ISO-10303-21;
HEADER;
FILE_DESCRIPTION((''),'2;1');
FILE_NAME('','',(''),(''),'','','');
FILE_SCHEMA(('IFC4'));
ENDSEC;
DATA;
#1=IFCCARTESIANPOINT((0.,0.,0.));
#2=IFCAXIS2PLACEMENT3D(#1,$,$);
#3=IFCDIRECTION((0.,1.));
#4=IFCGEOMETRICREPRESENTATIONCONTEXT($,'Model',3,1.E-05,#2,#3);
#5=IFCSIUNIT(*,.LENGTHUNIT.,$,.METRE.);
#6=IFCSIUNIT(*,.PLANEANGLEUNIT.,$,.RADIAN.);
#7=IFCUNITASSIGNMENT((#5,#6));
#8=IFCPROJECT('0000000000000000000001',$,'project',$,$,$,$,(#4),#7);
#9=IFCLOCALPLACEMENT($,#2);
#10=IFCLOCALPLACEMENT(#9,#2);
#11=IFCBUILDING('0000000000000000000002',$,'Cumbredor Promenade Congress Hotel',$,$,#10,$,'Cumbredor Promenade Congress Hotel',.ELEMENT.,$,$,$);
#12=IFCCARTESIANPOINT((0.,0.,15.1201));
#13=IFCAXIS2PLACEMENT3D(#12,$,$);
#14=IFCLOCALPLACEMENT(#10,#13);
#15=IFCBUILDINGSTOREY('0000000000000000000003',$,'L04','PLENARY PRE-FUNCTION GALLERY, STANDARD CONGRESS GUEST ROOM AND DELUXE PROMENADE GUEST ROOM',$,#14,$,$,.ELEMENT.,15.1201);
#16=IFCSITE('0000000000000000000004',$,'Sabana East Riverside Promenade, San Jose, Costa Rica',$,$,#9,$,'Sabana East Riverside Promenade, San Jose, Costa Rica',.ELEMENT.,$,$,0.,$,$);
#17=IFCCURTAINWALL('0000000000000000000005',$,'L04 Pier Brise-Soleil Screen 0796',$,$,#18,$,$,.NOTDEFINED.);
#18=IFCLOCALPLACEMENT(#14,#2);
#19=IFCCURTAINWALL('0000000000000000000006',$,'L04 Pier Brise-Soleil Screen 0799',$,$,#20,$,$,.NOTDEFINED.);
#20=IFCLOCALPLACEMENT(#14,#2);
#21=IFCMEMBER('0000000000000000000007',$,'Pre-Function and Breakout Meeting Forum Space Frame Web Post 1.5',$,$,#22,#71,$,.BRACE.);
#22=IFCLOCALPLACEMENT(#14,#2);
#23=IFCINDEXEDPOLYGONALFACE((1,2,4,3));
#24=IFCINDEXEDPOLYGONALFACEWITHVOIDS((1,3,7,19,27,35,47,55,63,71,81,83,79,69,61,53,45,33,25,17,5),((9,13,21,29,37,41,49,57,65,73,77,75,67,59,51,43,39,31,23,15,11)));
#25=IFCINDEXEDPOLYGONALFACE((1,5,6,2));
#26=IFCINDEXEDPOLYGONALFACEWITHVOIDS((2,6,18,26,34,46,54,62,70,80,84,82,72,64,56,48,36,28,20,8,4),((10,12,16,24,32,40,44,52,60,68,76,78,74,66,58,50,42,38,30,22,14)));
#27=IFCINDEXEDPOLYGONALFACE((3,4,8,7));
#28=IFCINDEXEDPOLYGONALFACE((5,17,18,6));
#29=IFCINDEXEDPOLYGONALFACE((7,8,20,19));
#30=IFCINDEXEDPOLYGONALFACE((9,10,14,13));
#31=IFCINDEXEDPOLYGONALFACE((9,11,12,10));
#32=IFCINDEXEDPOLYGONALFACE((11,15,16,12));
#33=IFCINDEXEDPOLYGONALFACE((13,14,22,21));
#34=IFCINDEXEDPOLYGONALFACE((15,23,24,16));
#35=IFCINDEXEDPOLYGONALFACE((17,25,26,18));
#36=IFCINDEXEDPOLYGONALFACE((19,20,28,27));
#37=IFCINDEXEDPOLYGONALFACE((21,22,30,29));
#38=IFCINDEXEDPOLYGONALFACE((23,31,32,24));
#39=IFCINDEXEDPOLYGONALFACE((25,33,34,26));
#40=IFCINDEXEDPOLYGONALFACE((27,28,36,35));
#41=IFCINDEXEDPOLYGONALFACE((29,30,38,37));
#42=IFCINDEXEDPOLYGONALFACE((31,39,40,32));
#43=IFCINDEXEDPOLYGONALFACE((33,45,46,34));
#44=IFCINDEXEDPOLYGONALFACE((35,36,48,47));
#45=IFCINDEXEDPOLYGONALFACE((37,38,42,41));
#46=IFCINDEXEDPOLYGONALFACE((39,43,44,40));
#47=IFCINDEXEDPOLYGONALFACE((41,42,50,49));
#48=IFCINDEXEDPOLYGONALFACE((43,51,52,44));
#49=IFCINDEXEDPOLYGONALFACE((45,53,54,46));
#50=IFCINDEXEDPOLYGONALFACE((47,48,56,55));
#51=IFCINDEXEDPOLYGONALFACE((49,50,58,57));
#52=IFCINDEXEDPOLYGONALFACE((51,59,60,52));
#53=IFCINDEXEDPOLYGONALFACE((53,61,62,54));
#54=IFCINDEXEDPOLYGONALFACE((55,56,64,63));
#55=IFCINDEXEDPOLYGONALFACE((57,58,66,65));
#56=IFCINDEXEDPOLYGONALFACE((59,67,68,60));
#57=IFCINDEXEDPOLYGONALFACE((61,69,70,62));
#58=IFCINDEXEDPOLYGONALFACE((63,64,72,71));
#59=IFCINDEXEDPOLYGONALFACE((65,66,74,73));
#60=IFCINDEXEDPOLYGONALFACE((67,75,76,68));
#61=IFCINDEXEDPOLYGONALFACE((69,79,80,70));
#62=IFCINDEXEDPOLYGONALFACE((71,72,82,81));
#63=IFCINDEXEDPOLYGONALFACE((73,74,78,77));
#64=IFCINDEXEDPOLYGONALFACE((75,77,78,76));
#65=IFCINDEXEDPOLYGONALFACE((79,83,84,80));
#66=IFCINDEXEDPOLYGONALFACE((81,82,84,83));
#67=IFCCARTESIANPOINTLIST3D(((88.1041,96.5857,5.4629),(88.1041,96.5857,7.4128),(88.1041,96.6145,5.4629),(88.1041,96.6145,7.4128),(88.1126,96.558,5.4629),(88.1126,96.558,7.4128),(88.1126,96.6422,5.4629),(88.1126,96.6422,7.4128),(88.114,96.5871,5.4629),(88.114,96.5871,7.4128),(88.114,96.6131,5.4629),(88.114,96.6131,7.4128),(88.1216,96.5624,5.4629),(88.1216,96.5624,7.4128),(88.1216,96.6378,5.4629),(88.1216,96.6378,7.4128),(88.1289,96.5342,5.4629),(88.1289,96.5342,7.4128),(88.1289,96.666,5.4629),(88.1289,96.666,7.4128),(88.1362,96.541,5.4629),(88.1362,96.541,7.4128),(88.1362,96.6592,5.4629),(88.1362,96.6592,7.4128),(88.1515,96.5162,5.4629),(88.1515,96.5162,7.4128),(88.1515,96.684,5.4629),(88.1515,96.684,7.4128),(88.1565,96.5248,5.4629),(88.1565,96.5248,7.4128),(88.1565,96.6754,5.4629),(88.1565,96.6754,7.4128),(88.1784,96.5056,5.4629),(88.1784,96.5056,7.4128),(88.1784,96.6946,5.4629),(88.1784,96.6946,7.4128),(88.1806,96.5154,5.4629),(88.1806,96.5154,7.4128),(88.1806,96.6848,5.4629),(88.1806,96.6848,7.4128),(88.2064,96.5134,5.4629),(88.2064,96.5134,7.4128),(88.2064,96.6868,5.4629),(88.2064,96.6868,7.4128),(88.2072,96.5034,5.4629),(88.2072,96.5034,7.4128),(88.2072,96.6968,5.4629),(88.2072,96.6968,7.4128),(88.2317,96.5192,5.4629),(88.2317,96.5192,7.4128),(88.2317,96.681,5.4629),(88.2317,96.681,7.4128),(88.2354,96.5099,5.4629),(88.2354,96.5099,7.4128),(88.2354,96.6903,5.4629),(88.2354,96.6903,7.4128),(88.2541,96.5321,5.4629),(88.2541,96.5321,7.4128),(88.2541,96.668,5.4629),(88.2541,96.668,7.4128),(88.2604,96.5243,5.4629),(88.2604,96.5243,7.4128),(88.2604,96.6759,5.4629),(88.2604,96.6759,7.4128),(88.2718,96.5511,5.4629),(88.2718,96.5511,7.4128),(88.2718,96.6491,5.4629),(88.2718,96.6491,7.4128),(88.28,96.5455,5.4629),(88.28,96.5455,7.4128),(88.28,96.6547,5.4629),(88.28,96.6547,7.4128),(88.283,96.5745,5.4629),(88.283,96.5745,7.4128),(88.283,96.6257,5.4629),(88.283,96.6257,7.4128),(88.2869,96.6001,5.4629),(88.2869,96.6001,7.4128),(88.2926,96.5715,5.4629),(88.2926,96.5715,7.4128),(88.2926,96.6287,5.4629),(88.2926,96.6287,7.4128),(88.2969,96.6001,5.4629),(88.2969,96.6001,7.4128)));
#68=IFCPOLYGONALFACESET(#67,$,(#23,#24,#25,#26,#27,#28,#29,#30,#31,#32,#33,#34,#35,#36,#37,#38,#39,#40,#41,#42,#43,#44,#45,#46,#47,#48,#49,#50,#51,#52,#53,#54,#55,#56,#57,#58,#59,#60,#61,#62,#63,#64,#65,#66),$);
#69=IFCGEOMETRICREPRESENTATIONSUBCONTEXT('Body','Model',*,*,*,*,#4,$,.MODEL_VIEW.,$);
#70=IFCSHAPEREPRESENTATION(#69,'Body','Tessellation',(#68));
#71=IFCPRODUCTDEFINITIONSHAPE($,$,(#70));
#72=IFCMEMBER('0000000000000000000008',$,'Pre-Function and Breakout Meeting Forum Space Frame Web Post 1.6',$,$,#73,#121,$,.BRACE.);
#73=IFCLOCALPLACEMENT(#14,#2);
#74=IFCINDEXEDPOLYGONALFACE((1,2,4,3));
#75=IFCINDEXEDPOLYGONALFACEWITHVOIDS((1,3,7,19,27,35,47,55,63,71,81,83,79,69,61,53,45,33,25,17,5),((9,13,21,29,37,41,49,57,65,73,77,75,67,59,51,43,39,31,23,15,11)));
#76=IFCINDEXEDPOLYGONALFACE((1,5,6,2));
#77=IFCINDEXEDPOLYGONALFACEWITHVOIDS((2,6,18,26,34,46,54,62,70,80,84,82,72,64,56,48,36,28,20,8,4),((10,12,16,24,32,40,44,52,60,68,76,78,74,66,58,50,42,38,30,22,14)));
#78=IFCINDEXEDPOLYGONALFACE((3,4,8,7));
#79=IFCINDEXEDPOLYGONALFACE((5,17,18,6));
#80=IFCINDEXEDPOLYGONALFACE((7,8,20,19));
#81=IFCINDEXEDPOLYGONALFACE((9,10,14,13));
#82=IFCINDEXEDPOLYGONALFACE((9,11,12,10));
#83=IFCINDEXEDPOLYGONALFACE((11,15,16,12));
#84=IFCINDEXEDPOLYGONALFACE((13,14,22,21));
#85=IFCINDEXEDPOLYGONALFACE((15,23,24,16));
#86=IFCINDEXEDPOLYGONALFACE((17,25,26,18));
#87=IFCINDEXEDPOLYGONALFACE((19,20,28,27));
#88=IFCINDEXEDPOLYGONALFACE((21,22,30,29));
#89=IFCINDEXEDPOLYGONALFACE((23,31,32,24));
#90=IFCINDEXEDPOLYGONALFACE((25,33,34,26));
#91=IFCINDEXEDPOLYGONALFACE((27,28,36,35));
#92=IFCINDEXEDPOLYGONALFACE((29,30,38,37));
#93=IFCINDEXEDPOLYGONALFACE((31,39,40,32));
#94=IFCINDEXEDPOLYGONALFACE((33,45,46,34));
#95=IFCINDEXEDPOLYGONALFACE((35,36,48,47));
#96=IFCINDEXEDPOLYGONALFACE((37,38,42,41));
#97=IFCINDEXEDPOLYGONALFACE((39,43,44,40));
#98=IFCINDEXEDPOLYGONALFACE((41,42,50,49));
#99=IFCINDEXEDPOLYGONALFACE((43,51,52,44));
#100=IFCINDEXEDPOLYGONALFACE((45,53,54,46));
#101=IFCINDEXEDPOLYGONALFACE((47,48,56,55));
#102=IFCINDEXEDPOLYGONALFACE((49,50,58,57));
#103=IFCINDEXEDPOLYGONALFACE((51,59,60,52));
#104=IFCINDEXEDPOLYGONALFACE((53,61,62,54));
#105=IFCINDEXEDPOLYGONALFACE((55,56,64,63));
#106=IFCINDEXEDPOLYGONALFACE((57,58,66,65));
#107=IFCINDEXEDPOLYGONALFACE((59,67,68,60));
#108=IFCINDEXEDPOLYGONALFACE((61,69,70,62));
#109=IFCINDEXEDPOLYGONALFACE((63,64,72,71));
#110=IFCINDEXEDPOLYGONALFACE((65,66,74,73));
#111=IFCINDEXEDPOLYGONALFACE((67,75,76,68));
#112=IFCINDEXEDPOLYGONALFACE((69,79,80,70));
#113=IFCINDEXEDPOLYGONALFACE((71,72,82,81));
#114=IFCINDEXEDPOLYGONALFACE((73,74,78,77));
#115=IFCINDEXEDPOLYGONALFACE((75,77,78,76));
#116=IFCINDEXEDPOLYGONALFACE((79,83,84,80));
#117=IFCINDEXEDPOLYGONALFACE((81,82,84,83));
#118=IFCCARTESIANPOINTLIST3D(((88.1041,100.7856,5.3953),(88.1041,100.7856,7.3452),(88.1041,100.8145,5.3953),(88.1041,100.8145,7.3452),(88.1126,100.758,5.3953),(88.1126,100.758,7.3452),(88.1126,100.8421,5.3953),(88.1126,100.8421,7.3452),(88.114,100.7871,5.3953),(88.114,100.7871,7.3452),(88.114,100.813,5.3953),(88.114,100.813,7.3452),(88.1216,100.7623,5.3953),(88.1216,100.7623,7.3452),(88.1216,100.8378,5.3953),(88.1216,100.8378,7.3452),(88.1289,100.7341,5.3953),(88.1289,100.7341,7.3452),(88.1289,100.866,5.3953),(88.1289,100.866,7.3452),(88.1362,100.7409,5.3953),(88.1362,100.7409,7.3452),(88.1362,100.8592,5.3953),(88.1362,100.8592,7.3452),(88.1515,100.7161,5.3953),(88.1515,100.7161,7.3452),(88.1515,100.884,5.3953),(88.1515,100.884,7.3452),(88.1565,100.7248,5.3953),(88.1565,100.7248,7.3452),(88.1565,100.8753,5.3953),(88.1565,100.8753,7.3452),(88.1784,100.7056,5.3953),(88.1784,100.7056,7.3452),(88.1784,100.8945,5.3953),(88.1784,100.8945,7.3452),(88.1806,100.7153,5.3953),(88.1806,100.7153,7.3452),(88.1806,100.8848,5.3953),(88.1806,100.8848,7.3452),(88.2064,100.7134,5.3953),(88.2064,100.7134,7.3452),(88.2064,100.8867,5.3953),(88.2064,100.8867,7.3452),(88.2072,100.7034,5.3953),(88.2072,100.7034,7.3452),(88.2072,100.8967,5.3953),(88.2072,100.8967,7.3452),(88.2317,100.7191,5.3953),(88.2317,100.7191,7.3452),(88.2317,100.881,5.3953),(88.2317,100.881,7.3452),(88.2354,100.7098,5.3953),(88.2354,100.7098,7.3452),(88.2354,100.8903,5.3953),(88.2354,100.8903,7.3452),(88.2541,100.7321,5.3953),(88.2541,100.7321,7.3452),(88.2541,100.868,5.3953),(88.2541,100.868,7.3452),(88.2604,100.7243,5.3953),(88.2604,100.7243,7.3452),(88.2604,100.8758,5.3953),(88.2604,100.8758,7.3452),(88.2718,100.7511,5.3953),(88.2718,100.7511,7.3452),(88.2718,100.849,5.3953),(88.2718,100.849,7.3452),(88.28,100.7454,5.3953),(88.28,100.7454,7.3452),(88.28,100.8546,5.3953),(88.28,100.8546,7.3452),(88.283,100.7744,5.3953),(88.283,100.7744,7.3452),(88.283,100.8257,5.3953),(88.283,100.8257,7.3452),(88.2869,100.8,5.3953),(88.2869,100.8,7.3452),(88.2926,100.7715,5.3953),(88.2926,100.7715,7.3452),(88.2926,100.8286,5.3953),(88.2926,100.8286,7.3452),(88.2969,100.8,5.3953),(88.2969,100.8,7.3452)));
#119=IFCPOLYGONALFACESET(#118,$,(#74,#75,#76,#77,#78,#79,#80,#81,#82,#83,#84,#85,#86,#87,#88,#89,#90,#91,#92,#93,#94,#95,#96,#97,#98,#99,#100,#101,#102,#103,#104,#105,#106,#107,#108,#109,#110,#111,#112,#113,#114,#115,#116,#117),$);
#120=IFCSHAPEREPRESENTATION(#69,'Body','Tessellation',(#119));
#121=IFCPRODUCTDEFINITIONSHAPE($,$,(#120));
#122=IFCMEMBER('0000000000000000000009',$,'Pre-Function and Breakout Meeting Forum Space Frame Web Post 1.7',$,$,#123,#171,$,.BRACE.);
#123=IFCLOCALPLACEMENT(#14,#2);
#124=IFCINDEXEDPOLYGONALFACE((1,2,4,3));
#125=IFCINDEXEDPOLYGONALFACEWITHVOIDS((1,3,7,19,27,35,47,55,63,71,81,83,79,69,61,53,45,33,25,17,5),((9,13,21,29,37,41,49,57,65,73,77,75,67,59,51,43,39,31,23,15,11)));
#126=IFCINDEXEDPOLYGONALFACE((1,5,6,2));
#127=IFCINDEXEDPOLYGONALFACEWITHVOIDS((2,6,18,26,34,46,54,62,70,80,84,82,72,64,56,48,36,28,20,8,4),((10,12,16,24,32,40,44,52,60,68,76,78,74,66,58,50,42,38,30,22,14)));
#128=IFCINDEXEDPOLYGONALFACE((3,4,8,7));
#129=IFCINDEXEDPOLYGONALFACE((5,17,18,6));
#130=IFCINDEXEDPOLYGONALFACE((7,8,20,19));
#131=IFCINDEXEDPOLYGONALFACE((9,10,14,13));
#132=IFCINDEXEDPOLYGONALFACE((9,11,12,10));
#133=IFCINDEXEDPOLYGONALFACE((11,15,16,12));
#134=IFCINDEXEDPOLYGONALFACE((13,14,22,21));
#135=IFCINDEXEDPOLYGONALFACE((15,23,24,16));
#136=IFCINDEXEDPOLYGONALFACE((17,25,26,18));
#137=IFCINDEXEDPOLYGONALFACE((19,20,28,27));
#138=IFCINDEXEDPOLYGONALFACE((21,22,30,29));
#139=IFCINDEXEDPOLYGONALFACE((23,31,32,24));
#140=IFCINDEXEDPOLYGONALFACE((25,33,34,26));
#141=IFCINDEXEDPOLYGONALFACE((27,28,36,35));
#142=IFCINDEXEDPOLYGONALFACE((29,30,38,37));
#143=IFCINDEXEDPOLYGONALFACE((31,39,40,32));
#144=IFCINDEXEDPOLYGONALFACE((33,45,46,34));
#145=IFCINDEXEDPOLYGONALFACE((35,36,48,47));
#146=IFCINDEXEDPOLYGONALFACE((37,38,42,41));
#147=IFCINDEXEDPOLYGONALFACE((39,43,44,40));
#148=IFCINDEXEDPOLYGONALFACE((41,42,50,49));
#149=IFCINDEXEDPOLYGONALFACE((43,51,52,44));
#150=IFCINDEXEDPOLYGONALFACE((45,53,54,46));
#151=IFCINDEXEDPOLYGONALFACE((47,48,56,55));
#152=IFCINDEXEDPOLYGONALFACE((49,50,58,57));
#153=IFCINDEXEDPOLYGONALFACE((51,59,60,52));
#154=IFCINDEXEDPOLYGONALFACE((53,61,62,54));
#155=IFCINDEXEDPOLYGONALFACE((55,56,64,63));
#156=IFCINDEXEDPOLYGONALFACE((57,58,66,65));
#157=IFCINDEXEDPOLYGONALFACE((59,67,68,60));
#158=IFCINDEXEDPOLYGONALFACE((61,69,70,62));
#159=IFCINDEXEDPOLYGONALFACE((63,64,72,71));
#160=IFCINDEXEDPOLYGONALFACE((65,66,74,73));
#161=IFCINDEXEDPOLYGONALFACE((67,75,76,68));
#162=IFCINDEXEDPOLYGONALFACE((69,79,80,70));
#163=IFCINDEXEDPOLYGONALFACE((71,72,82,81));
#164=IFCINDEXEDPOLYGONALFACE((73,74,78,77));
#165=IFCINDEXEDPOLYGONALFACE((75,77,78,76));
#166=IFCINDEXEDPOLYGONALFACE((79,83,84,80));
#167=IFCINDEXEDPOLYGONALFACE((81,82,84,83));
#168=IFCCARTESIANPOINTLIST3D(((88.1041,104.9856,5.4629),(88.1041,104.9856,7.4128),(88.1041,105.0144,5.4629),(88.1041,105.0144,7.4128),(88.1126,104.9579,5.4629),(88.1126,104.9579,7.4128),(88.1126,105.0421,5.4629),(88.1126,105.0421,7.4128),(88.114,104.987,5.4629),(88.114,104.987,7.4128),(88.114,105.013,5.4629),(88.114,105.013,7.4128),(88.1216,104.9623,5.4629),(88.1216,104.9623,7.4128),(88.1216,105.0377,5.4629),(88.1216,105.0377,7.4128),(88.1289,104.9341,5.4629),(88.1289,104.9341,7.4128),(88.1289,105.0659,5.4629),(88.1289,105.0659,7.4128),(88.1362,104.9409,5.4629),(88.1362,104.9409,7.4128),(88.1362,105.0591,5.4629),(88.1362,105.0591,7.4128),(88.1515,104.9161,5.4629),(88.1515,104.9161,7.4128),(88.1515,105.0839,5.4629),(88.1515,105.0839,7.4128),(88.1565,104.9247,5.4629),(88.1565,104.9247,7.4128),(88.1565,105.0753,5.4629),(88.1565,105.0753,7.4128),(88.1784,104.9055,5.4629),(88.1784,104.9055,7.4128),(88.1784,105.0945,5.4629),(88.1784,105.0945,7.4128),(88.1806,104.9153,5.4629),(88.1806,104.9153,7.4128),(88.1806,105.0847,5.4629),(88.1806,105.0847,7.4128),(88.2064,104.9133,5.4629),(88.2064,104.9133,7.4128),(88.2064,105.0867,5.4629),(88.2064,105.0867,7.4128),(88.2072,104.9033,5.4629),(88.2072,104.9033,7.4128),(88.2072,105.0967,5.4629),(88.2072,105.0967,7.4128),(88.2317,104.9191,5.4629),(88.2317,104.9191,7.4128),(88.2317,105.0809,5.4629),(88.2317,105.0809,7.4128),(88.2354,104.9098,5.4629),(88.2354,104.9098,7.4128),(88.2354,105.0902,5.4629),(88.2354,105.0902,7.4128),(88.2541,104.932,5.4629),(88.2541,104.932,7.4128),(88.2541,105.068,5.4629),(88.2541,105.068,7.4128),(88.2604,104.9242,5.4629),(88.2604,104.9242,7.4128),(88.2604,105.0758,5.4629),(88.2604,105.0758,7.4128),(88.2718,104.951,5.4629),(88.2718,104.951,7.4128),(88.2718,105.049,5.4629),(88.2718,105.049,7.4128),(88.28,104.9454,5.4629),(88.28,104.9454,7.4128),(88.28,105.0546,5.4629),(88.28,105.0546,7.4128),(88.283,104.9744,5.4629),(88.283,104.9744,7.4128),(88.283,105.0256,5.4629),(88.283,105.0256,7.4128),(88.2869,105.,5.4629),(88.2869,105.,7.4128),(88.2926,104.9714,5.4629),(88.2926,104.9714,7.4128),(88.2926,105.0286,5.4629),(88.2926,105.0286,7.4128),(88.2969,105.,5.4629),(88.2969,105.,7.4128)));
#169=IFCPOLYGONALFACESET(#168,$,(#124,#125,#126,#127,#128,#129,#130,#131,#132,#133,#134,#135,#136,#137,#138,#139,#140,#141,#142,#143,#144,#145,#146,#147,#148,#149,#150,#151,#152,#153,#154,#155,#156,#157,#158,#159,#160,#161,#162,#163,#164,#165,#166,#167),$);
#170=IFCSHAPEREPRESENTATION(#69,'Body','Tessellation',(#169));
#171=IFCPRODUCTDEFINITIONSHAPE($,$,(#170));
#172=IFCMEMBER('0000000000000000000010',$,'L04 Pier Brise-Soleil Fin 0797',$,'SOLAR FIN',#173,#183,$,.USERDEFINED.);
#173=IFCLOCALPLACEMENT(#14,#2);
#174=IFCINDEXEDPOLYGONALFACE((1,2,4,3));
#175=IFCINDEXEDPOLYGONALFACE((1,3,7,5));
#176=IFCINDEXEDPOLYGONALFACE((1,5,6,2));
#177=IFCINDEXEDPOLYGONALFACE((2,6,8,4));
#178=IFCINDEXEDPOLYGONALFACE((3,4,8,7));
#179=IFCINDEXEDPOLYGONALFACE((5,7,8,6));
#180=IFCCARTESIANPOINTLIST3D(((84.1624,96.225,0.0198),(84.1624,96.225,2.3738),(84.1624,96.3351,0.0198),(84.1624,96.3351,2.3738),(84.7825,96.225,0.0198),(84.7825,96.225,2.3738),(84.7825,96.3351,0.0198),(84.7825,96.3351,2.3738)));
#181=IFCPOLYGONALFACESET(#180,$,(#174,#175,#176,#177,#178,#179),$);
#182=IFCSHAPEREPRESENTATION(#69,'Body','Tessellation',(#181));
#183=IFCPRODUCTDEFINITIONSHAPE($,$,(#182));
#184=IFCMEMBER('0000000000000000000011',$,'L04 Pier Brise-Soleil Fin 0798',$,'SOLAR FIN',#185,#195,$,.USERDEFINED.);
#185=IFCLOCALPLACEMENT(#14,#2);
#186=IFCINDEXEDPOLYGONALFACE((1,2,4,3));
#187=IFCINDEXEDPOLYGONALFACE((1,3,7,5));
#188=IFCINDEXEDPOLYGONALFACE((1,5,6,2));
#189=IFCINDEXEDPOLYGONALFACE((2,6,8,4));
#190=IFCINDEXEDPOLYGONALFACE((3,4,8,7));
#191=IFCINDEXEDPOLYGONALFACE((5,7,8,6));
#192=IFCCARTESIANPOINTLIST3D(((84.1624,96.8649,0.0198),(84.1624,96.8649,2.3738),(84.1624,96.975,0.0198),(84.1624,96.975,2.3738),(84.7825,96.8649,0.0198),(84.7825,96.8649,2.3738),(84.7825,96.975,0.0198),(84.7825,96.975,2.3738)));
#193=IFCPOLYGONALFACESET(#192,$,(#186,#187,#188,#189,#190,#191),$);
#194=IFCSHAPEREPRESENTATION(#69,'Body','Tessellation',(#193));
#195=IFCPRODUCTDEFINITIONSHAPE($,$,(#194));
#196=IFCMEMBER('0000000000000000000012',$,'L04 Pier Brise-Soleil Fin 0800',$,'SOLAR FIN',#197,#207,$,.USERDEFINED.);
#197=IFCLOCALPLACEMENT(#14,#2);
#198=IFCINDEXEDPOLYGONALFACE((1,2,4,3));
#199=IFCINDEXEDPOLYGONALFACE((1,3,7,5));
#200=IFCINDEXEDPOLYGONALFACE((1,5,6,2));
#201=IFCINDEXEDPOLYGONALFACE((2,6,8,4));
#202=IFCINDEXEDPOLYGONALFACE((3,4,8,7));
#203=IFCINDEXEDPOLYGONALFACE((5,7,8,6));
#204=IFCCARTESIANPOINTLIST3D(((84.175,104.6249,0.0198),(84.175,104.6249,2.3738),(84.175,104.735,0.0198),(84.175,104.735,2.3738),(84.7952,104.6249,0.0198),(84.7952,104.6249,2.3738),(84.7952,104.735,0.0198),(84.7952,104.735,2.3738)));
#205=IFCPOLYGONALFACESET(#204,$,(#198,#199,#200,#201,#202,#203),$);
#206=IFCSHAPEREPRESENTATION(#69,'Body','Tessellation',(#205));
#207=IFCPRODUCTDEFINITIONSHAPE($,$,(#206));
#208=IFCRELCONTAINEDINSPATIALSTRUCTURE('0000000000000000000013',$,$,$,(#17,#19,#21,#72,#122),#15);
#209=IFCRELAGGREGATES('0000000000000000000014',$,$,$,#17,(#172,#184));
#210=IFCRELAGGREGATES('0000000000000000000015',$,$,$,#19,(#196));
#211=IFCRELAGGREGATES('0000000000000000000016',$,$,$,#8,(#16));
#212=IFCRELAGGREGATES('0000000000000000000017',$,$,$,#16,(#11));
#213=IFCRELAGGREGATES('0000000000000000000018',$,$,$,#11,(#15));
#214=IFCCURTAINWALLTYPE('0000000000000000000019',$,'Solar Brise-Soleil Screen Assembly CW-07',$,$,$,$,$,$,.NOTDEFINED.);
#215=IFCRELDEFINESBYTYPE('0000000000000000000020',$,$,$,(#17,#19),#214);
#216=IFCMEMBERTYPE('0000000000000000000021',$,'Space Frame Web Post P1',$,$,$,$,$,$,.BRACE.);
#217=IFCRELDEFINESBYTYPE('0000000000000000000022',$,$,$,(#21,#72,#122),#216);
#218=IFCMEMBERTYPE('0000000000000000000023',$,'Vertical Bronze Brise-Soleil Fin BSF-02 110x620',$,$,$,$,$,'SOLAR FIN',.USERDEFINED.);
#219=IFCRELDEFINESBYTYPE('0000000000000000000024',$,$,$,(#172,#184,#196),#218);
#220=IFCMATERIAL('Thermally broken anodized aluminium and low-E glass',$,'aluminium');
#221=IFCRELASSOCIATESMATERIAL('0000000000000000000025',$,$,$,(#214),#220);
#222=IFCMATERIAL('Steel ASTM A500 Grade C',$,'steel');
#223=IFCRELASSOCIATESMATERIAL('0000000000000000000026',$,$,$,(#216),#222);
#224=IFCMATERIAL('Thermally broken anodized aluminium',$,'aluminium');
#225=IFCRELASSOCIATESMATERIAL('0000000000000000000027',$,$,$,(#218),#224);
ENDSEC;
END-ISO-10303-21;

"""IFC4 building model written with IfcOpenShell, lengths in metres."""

from ifc_helpers import new_model, si_unit, direction, frame, origin, origin_2d, place, context, subcontext, project, spatial, rectangle, hollow_circle, extrude, material, material_profile, profile_set, type_object, element, aggregate, save


model = new_model("IFC4")

# Units and contexts
model_context = context("Model", 3, precision=1e-05, world=origin(), true_north=direction((0.0, 1.0)))
body_context = subcontext(model_context, "Body", "Model", "MODEL_VIEW")
ifc_project = project(units=[si_unit("LENGTHUNIT", "METRE"), si_unit("PLANEANGLEUNIT", "RADIAN")], contexts=[model_context])

# Site, building, storey
site_placement = place(None, origin())
site = spatial("IfcSite", under=ifc_project, at=site_placement, Name="Sabana East Riverside Promenade, San Jose, Costa Rica", LongName="Sabana East Riverside Promenade, San Jose, Costa Rica", CompositionType="ELEMENT", RefElevation=0.0)
building_placement = place(site_placement, origin())
building = spatial("IfcBuilding", under=site, at=building_placement, Name="Cumbredor Promenade Congress Hotel", LongName="Cumbredor Promenade Congress Hotel", CompositionType="ELEMENT")
storey_placement = place(building_placement, frame((0.0, 0.0, 15.1201)))
storey = spatial("IfcBuildingStorey", under=building, at=storey_placement, Name="L04", Description="PLENARY PRE-FUNCTION GALLERY, STANDARD CONGRESS GUEST ROOM AND DELUXE PROMENADE GUEST ROOM", CompositionType="ELEMENT", Elevation=15.1201)

# Curtain walls
ifc_material_1 = material(Name="Thermally broken anodized aluminium and low-E glass", Category="aluminium")
curtain_wall_type = type_object("IfcCurtainWallType", Name="Solar Brise-Soleil Screen Assembly CW-07", PredefinedType="NOTDEFINED", material=ifc_material_1)
curtain_wall_1_placement = place(storey_placement, origin())
curtain_wall_1 = element("IfcCurtainWall", 1, at=curtain_wall_1_placement, inside=storey, type_object=curtain_wall_type, Name="L04 Pier Brise-Soleil Screen 0796", PredefinedType="NOTDEFINED")
ifc_material_2 = material(Name="Thermally broken anodized aluminium", Category="aluminium")
curtain_wall_2_placement = place(storey_placement, origin())
curtain_wall_2 = element("IfcCurtainWall", 2, at=curtain_wall_2_placement, inside=storey, type_object=curtain_wall_type, Name="L04 Pier Brise-Soleil Screen 0799", PredefinedType="NOTDEFINED")

# Members
ifc_material_3 = material(Name="Steel ASTM A500 Grade C", Category="steel")
ifc_material_profile_1 = material_profile(ifc_material_3, hollow_circle(Radius=0.0969, WallThickness=0.01, at=origin_2d()), Name="CHS 193.7x10")
ifc_profile_set_1 = profile_set([ifc_material_profile_1], Name="Steel ASTM A500 Grade C")
member_type_1 = type_object("IfcMemberType", Name="Space Frame Web Post P1", PredefinedType="BRACE", material=ifc_profile_set_1)
for number, where, z_axis, x_axis, name in (
    (3, (88.2, 96.6001, 5.4629), (0.0, 0.0, 1.0), (1.0, 0.0, 0.0), "Pre-Function and Breakout Meeting Forum Space Frame Web Post 1.5"),
    (4, (88.2, 100.8, 5.3953), (0.0, 0.0, 1.0), (1.0, 0.0, 0.0), "Pre-Function and Breakout Meeting Forum Space Frame Web Post 1.6"),
    (5, (88.2, 105.0, 5.4629), (0.0, 0.0, 1.0), (1.0, 0.0, 0.0), "Pre-Function and Breakout Meeting Forum Space Frame Web Post 1.7"),
):
    element("IfcMember", number, at=place(storey_placement, frame(where, z_axis=z_axis, x_axis=x_axis)), inside=storey, type_object=member_type_1, Name=name, PredefinedType="BRACE", context=body_context, shape_type="SweptSolid", body=[
        extrude(hollow_circle(Radius=0.0969, WallThickness=0.01, at=origin_2d()), origin(), (0.0, 0.0, 1.0), 1.95),
    ])

# Members
ifc_material_profile_2 = material_profile(ifc_material_2, rectangle(XDim=0.1101, YDim=0.6201, at=origin_2d()), Name="ARCH FIN 110x620")
ifc_profile_set_2 = profile_set([ifc_material_profile_2], Name="Thermally broken anodized aluminium")
member_type_2 = type_object("IfcMemberType", Name="Vertical Bronze Brise-Soleil Fin BSF-02 110x620", ElementType="SOLAR FIN", PredefinedType="USERDEFINED", material=ifc_profile_set_2)
member_1_placement = place(storey_placement, frame((84.4724, 96.28, 0.0198), z_axis=(0.0, 0.0, 1.0), x_axis=(0.0, 1.0, 0.0)))
member_1 = element("IfcMember", 6, at=member_1_placement, type_object=member_type_2, Name="L04 Pier Brise-Soleil Fin 0797", ObjectType="SOLAR FIN", PredefinedType="USERDEFINED", context=body_context, shape_type="SweptSolid", body=[
    extrude(rectangle(XDim=0.1101, YDim=0.6201, at=origin_2d()), origin(), (0.0, 0.0, 1.0), 2.354),
])
member_2_placement = place(storey_placement, frame((84.4724, 96.9199, 0.0198), z_axis=(0.0, 0.0, 1.0), x_axis=(0.0, 1.0, 0.0)))
member_2 = element("IfcMember", 7, at=member_2_placement, type_object=member_type_2, Name="L04 Pier Brise-Soleil Fin 0798", ObjectType="SOLAR FIN", PredefinedType="USERDEFINED", context=body_context, shape_type="SweptSolid", body=[
    extrude(rectangle(XDim=0.1101, YDim=0.6201, at=origin_2d()), origin(), (0.0, 0.0, 1.0), 2.354),
])
aggregate(curtain_wall_1, [member_1, member_2])
member_3_placement = place(storey_placement, frame((84.4851, 104.6799, 0.0198), z_axis=(0.0, 0.0, 1.0), x_axis=(0.0, 1.0, 0.0)))
member_3 = element("IfcMember", 8, at=member_3_placement, type_object=member_type_2, Name="L04 Pier Brise-Soleil Fin 0800", ObjectType="SOLAR FIN", PredefinedType="USERDEFINED", context=body_context, shape_type="SweptSolid", body=[
    extrude(rectangle(XDim=0.1101, YDim=0.6201, at=origin_2d()), origin(), (0.0, 0.0, 1.0), 2.354),
])
aggregate(curtain_wall_2, [member_3])

save(model, "model.ifc")
